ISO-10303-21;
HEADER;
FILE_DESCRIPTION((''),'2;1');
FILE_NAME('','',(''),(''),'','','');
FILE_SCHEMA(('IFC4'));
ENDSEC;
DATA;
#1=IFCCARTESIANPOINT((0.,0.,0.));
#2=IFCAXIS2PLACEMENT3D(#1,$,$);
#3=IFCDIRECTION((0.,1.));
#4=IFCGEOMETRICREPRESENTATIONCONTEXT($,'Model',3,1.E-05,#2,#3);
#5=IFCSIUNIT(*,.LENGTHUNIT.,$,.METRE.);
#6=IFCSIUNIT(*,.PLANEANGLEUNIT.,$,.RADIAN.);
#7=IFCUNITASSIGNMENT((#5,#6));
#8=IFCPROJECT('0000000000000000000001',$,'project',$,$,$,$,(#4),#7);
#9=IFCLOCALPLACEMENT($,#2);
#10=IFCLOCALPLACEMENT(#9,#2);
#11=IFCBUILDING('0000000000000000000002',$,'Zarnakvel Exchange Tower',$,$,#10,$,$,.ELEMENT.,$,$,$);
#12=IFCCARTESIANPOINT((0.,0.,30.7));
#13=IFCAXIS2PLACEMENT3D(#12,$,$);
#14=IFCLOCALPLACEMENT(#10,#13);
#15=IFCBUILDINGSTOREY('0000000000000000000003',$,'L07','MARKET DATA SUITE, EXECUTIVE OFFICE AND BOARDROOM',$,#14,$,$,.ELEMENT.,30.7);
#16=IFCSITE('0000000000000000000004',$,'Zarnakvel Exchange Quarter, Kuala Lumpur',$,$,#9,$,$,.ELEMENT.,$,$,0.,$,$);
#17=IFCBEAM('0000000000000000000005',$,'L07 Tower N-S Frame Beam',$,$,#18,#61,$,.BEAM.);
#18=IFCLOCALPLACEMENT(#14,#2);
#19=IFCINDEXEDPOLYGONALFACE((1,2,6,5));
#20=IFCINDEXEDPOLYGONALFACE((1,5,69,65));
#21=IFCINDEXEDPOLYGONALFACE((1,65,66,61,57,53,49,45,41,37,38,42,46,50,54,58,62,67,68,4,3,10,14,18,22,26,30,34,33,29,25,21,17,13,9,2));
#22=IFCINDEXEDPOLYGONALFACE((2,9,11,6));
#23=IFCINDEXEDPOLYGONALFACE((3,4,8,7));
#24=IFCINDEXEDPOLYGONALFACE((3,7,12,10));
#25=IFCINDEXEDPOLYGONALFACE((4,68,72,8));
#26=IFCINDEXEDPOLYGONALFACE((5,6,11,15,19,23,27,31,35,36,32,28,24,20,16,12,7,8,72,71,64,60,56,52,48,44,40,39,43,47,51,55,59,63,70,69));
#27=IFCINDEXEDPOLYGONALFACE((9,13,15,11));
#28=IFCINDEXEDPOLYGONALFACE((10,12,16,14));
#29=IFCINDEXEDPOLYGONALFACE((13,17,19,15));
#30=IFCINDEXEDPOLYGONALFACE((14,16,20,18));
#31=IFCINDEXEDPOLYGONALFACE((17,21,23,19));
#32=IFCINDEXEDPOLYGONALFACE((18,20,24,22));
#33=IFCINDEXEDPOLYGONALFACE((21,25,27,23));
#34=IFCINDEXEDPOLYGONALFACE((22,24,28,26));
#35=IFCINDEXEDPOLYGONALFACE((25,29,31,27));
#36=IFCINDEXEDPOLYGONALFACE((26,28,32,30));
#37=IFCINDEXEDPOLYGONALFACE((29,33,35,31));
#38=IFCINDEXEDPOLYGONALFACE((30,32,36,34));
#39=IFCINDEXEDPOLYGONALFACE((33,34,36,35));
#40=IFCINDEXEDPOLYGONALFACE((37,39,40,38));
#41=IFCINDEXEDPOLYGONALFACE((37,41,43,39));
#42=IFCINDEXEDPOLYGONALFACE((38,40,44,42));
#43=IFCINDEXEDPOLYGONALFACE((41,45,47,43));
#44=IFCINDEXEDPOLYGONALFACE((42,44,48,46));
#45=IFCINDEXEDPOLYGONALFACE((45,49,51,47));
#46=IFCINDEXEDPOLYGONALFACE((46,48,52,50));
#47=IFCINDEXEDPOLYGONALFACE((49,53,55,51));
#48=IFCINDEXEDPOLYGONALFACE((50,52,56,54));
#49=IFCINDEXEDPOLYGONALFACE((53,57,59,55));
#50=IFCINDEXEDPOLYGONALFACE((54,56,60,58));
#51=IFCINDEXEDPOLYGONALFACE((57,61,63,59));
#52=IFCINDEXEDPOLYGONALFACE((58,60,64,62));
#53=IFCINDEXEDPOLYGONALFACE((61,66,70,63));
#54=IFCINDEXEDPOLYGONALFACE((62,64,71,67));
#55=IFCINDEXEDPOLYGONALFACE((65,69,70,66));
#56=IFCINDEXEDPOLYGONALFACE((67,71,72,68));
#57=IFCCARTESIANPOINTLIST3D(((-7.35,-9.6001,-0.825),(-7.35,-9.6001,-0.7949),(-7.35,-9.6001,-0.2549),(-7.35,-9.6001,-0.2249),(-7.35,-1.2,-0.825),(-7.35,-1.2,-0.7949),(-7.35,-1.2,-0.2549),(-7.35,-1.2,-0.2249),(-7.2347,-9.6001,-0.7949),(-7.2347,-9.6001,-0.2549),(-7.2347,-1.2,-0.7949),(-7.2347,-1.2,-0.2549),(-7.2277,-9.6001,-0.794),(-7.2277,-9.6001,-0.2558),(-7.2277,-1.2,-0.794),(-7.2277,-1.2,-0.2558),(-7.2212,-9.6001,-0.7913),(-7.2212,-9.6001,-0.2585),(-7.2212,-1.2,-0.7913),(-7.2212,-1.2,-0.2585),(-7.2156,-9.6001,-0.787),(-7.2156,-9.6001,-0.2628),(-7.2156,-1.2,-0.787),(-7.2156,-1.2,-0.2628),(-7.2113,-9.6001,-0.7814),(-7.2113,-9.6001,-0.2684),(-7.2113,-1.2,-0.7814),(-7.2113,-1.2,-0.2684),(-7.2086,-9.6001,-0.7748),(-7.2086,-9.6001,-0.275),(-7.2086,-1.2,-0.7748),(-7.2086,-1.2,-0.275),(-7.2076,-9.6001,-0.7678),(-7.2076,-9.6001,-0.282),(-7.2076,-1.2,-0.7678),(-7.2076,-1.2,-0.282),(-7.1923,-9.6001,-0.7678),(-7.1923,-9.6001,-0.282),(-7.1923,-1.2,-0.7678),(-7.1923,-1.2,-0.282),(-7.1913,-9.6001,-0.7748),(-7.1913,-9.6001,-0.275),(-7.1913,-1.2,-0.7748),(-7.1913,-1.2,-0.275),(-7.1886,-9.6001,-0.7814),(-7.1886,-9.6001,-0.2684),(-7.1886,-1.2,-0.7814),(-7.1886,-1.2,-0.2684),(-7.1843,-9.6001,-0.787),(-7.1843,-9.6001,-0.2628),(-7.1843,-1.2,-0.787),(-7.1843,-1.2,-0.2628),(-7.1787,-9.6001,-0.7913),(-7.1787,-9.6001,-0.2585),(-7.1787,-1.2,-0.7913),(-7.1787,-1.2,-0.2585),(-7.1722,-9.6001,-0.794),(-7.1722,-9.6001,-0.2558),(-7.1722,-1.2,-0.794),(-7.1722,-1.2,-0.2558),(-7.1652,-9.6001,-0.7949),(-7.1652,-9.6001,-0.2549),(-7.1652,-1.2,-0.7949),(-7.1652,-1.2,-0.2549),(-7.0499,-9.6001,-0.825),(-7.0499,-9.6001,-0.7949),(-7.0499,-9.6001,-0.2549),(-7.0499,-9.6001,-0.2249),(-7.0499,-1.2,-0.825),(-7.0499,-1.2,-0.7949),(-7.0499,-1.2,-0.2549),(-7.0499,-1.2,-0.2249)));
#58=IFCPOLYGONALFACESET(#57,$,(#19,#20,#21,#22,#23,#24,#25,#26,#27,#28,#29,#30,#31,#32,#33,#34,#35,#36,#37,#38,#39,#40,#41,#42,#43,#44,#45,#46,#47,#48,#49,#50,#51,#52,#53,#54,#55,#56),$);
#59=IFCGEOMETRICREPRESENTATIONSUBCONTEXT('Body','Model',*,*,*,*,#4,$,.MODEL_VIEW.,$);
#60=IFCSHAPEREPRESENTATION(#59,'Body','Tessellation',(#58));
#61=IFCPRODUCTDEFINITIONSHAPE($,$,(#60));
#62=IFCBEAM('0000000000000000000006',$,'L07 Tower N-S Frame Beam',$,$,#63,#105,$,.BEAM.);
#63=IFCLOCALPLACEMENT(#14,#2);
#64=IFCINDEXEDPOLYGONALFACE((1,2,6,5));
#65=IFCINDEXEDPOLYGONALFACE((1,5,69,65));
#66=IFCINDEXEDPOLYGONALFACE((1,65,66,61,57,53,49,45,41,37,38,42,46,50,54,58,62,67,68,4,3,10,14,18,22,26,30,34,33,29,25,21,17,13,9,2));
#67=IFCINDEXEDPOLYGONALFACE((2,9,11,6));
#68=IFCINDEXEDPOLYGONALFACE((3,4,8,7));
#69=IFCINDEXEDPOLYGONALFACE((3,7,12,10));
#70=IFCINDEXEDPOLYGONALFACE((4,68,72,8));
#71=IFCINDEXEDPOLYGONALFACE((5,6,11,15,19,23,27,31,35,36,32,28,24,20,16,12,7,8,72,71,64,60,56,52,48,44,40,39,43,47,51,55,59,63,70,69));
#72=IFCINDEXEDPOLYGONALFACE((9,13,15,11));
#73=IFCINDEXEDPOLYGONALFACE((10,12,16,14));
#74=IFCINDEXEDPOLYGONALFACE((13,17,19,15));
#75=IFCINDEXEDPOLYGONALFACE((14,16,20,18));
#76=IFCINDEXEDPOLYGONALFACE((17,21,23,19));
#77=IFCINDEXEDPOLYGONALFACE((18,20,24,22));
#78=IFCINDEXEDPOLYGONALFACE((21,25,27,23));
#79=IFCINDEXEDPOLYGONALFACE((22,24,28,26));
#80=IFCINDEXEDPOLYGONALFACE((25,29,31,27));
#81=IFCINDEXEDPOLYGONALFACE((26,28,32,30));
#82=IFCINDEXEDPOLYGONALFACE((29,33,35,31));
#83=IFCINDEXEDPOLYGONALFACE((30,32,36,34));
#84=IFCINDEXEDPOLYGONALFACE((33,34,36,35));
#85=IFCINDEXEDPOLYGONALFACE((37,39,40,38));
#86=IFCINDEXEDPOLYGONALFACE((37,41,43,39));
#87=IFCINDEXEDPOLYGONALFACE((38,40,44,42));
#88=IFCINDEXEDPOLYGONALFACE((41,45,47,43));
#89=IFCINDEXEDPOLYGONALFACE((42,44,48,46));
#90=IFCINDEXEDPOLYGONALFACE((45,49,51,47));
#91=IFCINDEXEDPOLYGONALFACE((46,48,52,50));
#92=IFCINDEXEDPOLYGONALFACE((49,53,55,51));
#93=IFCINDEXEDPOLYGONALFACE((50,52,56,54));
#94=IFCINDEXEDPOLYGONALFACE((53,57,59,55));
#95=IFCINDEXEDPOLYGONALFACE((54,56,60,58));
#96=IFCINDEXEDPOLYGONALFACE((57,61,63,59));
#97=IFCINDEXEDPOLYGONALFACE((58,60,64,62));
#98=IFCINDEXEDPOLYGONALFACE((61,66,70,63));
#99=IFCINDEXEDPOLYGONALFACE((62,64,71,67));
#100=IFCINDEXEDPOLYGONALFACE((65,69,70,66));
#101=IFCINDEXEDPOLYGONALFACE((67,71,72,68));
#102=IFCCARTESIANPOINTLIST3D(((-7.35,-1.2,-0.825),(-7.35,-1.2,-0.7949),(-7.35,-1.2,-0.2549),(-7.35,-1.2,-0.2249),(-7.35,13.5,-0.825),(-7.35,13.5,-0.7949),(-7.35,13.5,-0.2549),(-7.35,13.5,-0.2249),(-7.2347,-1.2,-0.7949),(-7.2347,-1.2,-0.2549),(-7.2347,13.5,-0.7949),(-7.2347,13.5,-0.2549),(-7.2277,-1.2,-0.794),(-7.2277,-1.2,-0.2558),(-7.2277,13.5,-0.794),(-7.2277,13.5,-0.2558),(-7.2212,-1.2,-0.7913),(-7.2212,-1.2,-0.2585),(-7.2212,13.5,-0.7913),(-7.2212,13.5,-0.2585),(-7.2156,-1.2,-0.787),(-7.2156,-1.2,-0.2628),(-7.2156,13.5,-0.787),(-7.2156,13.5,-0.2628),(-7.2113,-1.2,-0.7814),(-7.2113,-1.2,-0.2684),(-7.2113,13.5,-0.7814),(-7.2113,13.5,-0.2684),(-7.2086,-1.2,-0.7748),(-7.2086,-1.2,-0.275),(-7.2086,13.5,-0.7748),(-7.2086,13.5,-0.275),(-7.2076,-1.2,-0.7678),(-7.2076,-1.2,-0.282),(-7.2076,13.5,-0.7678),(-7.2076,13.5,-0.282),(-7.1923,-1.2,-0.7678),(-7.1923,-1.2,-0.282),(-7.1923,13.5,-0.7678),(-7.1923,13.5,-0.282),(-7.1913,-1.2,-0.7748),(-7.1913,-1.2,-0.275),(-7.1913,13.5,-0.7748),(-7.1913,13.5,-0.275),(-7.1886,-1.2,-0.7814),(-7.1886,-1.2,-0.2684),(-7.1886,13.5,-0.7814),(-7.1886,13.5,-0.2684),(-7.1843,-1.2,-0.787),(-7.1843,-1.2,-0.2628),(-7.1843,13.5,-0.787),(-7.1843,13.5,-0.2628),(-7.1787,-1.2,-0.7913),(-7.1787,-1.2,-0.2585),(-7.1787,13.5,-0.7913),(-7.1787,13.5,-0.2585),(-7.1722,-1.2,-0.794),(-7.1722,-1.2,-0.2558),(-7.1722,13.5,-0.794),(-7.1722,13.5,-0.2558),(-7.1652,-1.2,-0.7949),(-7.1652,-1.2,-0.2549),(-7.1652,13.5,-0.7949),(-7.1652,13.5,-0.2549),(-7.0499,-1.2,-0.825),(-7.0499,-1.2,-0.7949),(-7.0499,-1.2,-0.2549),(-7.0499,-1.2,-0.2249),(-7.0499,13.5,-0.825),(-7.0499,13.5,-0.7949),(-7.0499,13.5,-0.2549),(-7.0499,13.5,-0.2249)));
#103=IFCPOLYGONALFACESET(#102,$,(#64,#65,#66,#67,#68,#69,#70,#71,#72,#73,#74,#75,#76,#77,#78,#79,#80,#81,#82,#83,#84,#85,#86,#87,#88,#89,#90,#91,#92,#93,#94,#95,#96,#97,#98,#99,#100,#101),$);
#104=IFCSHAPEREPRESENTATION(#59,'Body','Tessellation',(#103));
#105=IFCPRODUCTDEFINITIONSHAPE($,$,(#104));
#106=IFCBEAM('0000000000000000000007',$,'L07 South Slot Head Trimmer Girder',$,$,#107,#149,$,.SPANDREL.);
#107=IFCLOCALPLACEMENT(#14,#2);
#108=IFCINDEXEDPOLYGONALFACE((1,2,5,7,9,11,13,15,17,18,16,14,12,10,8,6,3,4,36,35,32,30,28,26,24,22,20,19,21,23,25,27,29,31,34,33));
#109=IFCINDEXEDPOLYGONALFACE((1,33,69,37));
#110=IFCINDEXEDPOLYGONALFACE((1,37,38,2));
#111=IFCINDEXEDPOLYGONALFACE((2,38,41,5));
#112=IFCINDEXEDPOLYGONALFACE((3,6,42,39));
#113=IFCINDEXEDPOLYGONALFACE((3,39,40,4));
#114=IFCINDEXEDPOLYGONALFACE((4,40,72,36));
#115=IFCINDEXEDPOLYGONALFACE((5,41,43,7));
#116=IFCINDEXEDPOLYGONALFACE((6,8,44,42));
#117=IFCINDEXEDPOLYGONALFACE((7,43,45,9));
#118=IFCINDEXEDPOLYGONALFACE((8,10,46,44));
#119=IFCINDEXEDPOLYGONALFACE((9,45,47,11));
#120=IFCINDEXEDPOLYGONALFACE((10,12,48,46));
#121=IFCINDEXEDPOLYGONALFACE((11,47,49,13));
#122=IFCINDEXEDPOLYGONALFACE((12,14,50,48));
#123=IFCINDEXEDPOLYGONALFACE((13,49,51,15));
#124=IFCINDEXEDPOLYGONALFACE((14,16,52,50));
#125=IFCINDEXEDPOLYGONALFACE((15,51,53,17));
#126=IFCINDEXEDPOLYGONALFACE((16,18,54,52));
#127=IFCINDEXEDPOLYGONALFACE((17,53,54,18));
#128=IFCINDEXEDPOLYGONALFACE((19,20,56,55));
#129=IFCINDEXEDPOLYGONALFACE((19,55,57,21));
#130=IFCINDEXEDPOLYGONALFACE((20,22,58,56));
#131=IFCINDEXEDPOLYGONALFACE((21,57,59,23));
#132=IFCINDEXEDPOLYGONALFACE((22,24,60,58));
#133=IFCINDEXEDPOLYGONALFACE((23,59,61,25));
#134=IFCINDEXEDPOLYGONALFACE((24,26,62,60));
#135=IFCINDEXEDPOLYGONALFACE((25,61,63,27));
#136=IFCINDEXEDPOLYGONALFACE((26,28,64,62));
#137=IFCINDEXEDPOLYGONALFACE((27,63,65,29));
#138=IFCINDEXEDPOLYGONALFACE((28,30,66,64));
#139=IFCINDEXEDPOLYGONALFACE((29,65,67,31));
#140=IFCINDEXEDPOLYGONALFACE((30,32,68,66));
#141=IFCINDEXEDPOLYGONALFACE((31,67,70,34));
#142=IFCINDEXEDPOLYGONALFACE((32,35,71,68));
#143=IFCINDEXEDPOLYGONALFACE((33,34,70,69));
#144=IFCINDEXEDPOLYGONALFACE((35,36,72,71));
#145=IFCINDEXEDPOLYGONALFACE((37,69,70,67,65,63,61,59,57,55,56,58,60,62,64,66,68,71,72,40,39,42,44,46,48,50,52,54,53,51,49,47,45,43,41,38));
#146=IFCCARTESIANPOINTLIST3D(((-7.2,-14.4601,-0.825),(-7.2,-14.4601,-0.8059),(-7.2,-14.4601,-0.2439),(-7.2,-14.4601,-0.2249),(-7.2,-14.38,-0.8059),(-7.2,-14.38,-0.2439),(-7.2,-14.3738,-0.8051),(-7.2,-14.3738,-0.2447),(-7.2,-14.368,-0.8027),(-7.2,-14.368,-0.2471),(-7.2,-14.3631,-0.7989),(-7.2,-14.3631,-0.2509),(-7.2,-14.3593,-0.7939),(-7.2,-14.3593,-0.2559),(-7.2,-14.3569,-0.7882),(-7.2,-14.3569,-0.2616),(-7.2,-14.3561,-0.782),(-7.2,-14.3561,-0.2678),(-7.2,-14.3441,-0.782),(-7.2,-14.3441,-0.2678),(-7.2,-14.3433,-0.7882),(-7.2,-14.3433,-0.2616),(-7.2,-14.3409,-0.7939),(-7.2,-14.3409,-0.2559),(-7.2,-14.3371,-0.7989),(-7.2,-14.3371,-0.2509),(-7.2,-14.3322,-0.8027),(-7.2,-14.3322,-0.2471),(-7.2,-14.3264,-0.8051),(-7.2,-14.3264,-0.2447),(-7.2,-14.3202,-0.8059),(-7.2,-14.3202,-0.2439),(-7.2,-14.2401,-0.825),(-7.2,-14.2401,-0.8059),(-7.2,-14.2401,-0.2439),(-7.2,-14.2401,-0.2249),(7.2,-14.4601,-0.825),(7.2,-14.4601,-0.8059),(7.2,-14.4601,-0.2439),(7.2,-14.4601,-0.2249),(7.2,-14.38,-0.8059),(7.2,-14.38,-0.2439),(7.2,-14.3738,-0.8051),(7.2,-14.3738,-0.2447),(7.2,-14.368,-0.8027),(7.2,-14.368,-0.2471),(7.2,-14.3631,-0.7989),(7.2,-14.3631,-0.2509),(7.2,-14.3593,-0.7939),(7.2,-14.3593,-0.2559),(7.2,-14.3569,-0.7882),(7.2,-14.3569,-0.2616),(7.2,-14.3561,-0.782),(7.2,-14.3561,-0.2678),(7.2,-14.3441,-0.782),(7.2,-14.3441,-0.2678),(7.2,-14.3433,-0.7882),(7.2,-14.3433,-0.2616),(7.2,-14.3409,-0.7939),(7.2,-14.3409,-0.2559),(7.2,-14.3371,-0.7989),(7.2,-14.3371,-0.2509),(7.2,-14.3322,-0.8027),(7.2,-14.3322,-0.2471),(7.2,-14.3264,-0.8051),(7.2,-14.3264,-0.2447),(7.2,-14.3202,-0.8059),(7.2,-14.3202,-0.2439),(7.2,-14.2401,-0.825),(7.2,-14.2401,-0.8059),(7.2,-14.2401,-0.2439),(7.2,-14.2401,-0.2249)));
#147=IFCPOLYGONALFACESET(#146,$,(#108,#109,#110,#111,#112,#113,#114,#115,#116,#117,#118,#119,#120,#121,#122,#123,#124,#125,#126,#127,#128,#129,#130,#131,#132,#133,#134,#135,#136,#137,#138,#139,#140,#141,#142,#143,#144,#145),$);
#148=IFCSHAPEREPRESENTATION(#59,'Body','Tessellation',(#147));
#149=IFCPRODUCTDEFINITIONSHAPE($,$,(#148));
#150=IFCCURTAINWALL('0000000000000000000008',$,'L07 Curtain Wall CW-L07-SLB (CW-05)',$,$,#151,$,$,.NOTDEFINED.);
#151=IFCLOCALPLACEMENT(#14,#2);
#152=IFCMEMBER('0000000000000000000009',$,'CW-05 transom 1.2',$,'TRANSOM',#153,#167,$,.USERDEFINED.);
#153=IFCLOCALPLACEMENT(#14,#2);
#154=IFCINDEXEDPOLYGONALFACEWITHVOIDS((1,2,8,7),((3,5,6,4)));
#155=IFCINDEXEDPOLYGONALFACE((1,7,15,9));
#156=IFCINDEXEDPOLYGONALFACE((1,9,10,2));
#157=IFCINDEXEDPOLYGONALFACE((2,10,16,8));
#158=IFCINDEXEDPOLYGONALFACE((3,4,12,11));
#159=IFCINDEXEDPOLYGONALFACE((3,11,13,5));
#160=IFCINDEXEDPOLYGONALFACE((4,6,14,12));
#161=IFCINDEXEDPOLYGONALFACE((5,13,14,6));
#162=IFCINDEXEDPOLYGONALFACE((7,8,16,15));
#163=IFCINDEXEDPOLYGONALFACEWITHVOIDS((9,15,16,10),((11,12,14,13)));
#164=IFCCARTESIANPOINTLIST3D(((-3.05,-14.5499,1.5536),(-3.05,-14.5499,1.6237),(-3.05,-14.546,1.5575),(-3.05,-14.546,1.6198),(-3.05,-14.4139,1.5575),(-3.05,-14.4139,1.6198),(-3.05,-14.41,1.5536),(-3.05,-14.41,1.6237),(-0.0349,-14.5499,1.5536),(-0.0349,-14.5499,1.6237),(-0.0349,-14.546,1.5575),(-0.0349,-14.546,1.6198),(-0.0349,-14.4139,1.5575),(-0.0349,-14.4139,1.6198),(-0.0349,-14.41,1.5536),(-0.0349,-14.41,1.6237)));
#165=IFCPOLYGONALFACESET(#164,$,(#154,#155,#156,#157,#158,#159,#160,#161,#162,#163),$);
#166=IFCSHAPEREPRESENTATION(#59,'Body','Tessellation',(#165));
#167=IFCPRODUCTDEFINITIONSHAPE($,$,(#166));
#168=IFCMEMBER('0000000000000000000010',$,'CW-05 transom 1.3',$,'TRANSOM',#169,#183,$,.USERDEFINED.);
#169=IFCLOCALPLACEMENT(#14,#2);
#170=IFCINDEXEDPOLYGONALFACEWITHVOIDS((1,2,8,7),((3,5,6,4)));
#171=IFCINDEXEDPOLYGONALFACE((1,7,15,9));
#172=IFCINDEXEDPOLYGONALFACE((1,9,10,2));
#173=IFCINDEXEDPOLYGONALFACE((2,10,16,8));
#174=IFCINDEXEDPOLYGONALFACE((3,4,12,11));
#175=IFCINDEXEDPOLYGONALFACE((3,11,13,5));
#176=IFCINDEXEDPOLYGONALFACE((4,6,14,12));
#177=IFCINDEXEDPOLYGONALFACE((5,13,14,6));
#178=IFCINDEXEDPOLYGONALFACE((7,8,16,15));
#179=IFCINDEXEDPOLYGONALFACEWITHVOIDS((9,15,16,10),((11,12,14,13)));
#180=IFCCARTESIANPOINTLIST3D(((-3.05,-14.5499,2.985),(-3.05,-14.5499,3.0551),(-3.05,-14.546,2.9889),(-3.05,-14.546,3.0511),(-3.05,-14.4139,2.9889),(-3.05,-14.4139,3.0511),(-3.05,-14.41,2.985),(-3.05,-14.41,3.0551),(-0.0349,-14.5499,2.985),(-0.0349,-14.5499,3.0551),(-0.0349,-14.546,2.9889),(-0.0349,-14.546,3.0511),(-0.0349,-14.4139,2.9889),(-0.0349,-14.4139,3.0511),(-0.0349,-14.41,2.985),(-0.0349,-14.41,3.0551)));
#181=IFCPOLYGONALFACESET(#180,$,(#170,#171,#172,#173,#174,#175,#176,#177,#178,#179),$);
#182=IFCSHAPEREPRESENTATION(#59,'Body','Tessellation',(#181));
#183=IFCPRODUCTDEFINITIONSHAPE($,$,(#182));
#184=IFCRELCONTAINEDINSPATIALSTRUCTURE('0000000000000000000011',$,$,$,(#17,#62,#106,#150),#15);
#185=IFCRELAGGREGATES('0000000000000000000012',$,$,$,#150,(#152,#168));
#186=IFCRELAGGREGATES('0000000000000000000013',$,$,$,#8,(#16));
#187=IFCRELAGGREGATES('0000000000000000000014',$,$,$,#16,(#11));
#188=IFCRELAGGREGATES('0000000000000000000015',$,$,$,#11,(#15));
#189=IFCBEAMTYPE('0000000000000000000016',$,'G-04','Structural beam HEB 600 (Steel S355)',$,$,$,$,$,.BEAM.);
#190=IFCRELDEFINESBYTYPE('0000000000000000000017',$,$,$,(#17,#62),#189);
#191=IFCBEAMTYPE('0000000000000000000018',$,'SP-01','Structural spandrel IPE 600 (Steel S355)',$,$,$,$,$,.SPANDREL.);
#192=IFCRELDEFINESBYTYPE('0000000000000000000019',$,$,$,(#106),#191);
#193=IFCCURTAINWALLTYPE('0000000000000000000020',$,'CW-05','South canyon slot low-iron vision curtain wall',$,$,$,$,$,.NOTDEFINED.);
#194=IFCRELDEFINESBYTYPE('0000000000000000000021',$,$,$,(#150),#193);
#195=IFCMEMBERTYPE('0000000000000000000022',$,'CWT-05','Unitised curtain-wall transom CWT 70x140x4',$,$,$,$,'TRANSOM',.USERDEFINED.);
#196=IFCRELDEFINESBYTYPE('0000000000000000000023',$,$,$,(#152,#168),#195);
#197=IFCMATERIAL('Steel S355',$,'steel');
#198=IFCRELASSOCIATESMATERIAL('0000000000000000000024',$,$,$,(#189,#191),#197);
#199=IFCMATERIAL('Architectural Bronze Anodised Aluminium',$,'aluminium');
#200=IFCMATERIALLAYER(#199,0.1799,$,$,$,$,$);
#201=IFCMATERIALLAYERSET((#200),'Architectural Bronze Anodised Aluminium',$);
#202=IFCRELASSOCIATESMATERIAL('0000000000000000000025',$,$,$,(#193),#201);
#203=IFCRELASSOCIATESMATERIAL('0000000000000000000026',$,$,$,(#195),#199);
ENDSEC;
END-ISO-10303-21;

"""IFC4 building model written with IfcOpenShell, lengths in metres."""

from ifc_helpers import new_model, si_unit, direction, frame, origin, origin_2d, place, context, subcontext, project, spatial, hollow_rectangle, i_section, extrude, source, transform, mapped, material, layer, layer_set, material_profile, profile_set, type_object, element, aggregate, save


model = new_model("IFC4")

# Units and contexts
model_context = context("Model", 3, precision=1e-05, world=origin(), true_north=direction((0.0, 1.0)))
body_context = subcontext(model_context, "Body", "Model", "MODEL_VIEW")
ifc_project = project(units=[si_unit("LENGTHUNIT", "METRE"), si_unit("PLANEANGLEUNIT", "RADIAN")], contexts=[model_context])

# Site, building, storey
site_placement = place(None, origin())
site = spatial("IfcSite", under=ifc_project, at=site_placement, Name="Zarnakvel Exchange Quarter, Kuala Lumpur", CompositionType="ELEMENT", RefElevation=0.0)
building_placement = place(site_placement, origin())
building = spatial("IfcBuilding", under=site, at=building_placement, Name="Zarnakvel Exchange Tower", CompositionType="ELEMENT")
storey_placement = place(building_placement, frame((0.0, 0.0, 30.7)))
storey = spatial("IfcBuildingStorey", under=building, at=storey_placement, Name="L07", Description="MARKET DATA SUITE, EXECUTIVE OFFICE AND BOARDROOM", CompositionType="ELEMENT", Elevation=30.7)

# Beams
ifc_material_1 = material(Name="Steel S355", Category="steel")
ifc_material_profile_1 = material_profile(ifc_material_1, i_section(OverallWidth=0.3, OverallDepth=0.6001, WebThickness=0.0154, FlangeThickness=0.03, FilletRadius=0.0271, at=origin_2d()))
ifc_profile_set_1 = profile_set([ifc_material_profile_1], Name="Steel S355")
beam_type_1 = type_object("IfcBeamType", Name="G-04", Description="Structural beam HEB 600 (Steel S355)", PredefinedType="BEAM", material=ifc_profile_set_1)
for number, where, z_axis, x_axis, name in (
    (1, (-7.2, -9.6001, -0.5249), (0.0, 1.0, 0.0), (-1.0, 0.0, 0.0), "L07 Tower N-S Frame Beam"),
):
    element("IfcBeam", number, at=place(storey_placement, frame(where, z_axis=z_axis, x_axis=x_axis)), inside=storey, type_object=beam_type_1, Name=name, PredefinedType="BEAM", context=body_context, shape_type="SweptSolid", body=[
        extrude(i_section(OverallWidth=0.3, OverallDepth=0.6001, WebThickness=0.0154, FlangeThickness=0.03, FilletRadius=0.0271, at=origin_2d()), origin(), (0.0, 0.0, 1.0), 8.4001),
    ])
beam_1_placement = place(storey_placement, frame((-7.2, -1.2, -0.5249), z_axis=(0.0, 1.0, 0.0), x_axis=(-1.0, 0.0, 0.0)))
element("IfcBeam", 2, at=beam_1_placement, inside=storey, type_object=beam_type_1, Name="L07 Tower N-S Frame Beam", PredefinedType="BEAM", context=body_context, shape_type="SweptSolid", body=[
    extrude(i_section(OverallWidth=0.3, OverallDepth=0.6001, WebThickness=0.0154, FlangeThickness=0.03, FilletRadius=0.0271, at=origin_2d()), origin(), (0.0, 0.0, 1.0), 14.7),
])
ifc_material_profile_2 = material_profile(ifc_material_1, i_section(OverallWidth=0.22, OverallDepth=0.6001, WebThickness=0.012, FlangeThickness=0.019, FilletRadius=0.0239, at=origin_2d()))
ifc_profile_set_2 = profile_set([ifc_material_profile_2], Name="Steel S355")
beam_type_2 = type_object("IfcBeamType", Name="SP-01", Description="Structural spandrel IPE 600 (Steel S355)", PredefinedType="SPANDREL", material=ifc_profile_set_2)
beam_2_placement = place(storey_placement, frame((-7.2, -14.3501, -0.5249), z_axis=(1.0, 0.0, 0.0), x_axis=(0.0, 1.0, 0.0)))
element("IfcBeam", 3, at=beam_2_placement, inside=storey, type_object=beam_type_2, Name="L07 South Slot Head Trimmer Girder", PredefinedType="SPANDREL", context=body_context, shape_type="SweptSolid", body=[
    extrude(i_section(OverallWidth=0.22, OverallDepth=0.6001, WebThickness=0.012, FlangeThickness=0.019, FilletRadius=0.0239, at=origin_2d()), origin(), (0.0, 0.0, 1.0), 14.3999),
])

# Curtain wall, members
ifc_material_2 = material(Name="Architectural Bronze Anodised Aluminium", Category="aluminium")
ifc_layer_1 = layer(ifc_material_2, 0.1799)
ifc_layer_set_1 = layer_set([ifc_layer_1], Name="Architectural Bronze Anodised Aluminium")
curtain_wall_type = type_object("IfcCurtainWallType", Name="CW-05", Description="South canyon slot low-iron vision curtain wall", PredefinedType="NOTDEFINED", material=ifc_layer_set_1)
curtain_wall_placement = place(storey_placement, origin())
curtain_wall = element("IfcCurtainWall", 4, at=curtain_wall_placement, inside=storey, type_object=curtain_wall_type, Name="L07 Curtain Wall CW-L07-SLB (CW-05)", PredefinedType="NOTDEFINED")
ifc_material_profile_3 = material_profile(ifc_material_2, hollow_rectangle(XDim=0.1399, YDim=0.0701, WallThickness=0.0039, at=origin_2d()))
ifc_profile_set_3 = profile_set([ifc_material_profile_3], Name="Architectural Bronze Anodised Aluminium")
member_type = type_object("IfcMemberType", Name="CWT-05", Description="Unitised curtain-wall transom CWT 70x140x4", ElementType="TRANSOM", PredefinedType="USERDEFINED", material=ifc_profile_set_3)
shared_shape_1 = source(origin(), body_context, "Body", "SweptSolid", [
    extrude(hollow_rectangle(XDim=0.1399, YDim=0.0701, WallThickness=0.0039, at=origin_2d()), origin(), (0.0, 0.0, 1.0), 3.0151),
])
member_1_placement = place(storey_placement, frame((-3.05, -14.48, 1.5886), z_axis=(1.0, 0.0, 0.0), x_axis=(0.0, 1.0, 0.0)))
member_1 = element("IfcMember", 5, at=member_1_placement, type_object=member_type, Name="CW-05 transom 1.2", ObjectType="TRANSOM", PredefinedType="USERDEFINED", context=body_context, shape_type="MappedRepresentation", body=[
    mapped(shared_shape_1, transform((0.0, 0.0, 0.0), x_axis=(1.0, 0.0, 0.0), y_axis=(0.0, 1.0, 0.0), z_axis=(0.0, 0.0, 1.0), scale=1.0)),
])
member_2_placement = place(storey_placement, frame((-3.05, -14.48, 3.02), z_axis=(1.0, 0.0, 0.0), x_axis=(0.0, 1.0, 0.0)))
member_2 = element("IfcMember", 6, at=member_2_placement, type_object=member_type, Name="CW-05 transom 1.3", ObjectType="TRANSOM", PredefinedType="USERDEFINED", context=body_context, shape_type="MappedRepresentation", body=[
    mapped(shared_shape_1, transform((0.0, 0.0, 0.0), x_axis=(1.0, 0.0, 0.0), y_axis=(0.0, 1.0, 0.0), z_axis=(0.0, 0.0, 1.0), scale=1.0)),
])
aggregate(curtain_wall, [member_1, member_2])

save(model, "model.ifc")
